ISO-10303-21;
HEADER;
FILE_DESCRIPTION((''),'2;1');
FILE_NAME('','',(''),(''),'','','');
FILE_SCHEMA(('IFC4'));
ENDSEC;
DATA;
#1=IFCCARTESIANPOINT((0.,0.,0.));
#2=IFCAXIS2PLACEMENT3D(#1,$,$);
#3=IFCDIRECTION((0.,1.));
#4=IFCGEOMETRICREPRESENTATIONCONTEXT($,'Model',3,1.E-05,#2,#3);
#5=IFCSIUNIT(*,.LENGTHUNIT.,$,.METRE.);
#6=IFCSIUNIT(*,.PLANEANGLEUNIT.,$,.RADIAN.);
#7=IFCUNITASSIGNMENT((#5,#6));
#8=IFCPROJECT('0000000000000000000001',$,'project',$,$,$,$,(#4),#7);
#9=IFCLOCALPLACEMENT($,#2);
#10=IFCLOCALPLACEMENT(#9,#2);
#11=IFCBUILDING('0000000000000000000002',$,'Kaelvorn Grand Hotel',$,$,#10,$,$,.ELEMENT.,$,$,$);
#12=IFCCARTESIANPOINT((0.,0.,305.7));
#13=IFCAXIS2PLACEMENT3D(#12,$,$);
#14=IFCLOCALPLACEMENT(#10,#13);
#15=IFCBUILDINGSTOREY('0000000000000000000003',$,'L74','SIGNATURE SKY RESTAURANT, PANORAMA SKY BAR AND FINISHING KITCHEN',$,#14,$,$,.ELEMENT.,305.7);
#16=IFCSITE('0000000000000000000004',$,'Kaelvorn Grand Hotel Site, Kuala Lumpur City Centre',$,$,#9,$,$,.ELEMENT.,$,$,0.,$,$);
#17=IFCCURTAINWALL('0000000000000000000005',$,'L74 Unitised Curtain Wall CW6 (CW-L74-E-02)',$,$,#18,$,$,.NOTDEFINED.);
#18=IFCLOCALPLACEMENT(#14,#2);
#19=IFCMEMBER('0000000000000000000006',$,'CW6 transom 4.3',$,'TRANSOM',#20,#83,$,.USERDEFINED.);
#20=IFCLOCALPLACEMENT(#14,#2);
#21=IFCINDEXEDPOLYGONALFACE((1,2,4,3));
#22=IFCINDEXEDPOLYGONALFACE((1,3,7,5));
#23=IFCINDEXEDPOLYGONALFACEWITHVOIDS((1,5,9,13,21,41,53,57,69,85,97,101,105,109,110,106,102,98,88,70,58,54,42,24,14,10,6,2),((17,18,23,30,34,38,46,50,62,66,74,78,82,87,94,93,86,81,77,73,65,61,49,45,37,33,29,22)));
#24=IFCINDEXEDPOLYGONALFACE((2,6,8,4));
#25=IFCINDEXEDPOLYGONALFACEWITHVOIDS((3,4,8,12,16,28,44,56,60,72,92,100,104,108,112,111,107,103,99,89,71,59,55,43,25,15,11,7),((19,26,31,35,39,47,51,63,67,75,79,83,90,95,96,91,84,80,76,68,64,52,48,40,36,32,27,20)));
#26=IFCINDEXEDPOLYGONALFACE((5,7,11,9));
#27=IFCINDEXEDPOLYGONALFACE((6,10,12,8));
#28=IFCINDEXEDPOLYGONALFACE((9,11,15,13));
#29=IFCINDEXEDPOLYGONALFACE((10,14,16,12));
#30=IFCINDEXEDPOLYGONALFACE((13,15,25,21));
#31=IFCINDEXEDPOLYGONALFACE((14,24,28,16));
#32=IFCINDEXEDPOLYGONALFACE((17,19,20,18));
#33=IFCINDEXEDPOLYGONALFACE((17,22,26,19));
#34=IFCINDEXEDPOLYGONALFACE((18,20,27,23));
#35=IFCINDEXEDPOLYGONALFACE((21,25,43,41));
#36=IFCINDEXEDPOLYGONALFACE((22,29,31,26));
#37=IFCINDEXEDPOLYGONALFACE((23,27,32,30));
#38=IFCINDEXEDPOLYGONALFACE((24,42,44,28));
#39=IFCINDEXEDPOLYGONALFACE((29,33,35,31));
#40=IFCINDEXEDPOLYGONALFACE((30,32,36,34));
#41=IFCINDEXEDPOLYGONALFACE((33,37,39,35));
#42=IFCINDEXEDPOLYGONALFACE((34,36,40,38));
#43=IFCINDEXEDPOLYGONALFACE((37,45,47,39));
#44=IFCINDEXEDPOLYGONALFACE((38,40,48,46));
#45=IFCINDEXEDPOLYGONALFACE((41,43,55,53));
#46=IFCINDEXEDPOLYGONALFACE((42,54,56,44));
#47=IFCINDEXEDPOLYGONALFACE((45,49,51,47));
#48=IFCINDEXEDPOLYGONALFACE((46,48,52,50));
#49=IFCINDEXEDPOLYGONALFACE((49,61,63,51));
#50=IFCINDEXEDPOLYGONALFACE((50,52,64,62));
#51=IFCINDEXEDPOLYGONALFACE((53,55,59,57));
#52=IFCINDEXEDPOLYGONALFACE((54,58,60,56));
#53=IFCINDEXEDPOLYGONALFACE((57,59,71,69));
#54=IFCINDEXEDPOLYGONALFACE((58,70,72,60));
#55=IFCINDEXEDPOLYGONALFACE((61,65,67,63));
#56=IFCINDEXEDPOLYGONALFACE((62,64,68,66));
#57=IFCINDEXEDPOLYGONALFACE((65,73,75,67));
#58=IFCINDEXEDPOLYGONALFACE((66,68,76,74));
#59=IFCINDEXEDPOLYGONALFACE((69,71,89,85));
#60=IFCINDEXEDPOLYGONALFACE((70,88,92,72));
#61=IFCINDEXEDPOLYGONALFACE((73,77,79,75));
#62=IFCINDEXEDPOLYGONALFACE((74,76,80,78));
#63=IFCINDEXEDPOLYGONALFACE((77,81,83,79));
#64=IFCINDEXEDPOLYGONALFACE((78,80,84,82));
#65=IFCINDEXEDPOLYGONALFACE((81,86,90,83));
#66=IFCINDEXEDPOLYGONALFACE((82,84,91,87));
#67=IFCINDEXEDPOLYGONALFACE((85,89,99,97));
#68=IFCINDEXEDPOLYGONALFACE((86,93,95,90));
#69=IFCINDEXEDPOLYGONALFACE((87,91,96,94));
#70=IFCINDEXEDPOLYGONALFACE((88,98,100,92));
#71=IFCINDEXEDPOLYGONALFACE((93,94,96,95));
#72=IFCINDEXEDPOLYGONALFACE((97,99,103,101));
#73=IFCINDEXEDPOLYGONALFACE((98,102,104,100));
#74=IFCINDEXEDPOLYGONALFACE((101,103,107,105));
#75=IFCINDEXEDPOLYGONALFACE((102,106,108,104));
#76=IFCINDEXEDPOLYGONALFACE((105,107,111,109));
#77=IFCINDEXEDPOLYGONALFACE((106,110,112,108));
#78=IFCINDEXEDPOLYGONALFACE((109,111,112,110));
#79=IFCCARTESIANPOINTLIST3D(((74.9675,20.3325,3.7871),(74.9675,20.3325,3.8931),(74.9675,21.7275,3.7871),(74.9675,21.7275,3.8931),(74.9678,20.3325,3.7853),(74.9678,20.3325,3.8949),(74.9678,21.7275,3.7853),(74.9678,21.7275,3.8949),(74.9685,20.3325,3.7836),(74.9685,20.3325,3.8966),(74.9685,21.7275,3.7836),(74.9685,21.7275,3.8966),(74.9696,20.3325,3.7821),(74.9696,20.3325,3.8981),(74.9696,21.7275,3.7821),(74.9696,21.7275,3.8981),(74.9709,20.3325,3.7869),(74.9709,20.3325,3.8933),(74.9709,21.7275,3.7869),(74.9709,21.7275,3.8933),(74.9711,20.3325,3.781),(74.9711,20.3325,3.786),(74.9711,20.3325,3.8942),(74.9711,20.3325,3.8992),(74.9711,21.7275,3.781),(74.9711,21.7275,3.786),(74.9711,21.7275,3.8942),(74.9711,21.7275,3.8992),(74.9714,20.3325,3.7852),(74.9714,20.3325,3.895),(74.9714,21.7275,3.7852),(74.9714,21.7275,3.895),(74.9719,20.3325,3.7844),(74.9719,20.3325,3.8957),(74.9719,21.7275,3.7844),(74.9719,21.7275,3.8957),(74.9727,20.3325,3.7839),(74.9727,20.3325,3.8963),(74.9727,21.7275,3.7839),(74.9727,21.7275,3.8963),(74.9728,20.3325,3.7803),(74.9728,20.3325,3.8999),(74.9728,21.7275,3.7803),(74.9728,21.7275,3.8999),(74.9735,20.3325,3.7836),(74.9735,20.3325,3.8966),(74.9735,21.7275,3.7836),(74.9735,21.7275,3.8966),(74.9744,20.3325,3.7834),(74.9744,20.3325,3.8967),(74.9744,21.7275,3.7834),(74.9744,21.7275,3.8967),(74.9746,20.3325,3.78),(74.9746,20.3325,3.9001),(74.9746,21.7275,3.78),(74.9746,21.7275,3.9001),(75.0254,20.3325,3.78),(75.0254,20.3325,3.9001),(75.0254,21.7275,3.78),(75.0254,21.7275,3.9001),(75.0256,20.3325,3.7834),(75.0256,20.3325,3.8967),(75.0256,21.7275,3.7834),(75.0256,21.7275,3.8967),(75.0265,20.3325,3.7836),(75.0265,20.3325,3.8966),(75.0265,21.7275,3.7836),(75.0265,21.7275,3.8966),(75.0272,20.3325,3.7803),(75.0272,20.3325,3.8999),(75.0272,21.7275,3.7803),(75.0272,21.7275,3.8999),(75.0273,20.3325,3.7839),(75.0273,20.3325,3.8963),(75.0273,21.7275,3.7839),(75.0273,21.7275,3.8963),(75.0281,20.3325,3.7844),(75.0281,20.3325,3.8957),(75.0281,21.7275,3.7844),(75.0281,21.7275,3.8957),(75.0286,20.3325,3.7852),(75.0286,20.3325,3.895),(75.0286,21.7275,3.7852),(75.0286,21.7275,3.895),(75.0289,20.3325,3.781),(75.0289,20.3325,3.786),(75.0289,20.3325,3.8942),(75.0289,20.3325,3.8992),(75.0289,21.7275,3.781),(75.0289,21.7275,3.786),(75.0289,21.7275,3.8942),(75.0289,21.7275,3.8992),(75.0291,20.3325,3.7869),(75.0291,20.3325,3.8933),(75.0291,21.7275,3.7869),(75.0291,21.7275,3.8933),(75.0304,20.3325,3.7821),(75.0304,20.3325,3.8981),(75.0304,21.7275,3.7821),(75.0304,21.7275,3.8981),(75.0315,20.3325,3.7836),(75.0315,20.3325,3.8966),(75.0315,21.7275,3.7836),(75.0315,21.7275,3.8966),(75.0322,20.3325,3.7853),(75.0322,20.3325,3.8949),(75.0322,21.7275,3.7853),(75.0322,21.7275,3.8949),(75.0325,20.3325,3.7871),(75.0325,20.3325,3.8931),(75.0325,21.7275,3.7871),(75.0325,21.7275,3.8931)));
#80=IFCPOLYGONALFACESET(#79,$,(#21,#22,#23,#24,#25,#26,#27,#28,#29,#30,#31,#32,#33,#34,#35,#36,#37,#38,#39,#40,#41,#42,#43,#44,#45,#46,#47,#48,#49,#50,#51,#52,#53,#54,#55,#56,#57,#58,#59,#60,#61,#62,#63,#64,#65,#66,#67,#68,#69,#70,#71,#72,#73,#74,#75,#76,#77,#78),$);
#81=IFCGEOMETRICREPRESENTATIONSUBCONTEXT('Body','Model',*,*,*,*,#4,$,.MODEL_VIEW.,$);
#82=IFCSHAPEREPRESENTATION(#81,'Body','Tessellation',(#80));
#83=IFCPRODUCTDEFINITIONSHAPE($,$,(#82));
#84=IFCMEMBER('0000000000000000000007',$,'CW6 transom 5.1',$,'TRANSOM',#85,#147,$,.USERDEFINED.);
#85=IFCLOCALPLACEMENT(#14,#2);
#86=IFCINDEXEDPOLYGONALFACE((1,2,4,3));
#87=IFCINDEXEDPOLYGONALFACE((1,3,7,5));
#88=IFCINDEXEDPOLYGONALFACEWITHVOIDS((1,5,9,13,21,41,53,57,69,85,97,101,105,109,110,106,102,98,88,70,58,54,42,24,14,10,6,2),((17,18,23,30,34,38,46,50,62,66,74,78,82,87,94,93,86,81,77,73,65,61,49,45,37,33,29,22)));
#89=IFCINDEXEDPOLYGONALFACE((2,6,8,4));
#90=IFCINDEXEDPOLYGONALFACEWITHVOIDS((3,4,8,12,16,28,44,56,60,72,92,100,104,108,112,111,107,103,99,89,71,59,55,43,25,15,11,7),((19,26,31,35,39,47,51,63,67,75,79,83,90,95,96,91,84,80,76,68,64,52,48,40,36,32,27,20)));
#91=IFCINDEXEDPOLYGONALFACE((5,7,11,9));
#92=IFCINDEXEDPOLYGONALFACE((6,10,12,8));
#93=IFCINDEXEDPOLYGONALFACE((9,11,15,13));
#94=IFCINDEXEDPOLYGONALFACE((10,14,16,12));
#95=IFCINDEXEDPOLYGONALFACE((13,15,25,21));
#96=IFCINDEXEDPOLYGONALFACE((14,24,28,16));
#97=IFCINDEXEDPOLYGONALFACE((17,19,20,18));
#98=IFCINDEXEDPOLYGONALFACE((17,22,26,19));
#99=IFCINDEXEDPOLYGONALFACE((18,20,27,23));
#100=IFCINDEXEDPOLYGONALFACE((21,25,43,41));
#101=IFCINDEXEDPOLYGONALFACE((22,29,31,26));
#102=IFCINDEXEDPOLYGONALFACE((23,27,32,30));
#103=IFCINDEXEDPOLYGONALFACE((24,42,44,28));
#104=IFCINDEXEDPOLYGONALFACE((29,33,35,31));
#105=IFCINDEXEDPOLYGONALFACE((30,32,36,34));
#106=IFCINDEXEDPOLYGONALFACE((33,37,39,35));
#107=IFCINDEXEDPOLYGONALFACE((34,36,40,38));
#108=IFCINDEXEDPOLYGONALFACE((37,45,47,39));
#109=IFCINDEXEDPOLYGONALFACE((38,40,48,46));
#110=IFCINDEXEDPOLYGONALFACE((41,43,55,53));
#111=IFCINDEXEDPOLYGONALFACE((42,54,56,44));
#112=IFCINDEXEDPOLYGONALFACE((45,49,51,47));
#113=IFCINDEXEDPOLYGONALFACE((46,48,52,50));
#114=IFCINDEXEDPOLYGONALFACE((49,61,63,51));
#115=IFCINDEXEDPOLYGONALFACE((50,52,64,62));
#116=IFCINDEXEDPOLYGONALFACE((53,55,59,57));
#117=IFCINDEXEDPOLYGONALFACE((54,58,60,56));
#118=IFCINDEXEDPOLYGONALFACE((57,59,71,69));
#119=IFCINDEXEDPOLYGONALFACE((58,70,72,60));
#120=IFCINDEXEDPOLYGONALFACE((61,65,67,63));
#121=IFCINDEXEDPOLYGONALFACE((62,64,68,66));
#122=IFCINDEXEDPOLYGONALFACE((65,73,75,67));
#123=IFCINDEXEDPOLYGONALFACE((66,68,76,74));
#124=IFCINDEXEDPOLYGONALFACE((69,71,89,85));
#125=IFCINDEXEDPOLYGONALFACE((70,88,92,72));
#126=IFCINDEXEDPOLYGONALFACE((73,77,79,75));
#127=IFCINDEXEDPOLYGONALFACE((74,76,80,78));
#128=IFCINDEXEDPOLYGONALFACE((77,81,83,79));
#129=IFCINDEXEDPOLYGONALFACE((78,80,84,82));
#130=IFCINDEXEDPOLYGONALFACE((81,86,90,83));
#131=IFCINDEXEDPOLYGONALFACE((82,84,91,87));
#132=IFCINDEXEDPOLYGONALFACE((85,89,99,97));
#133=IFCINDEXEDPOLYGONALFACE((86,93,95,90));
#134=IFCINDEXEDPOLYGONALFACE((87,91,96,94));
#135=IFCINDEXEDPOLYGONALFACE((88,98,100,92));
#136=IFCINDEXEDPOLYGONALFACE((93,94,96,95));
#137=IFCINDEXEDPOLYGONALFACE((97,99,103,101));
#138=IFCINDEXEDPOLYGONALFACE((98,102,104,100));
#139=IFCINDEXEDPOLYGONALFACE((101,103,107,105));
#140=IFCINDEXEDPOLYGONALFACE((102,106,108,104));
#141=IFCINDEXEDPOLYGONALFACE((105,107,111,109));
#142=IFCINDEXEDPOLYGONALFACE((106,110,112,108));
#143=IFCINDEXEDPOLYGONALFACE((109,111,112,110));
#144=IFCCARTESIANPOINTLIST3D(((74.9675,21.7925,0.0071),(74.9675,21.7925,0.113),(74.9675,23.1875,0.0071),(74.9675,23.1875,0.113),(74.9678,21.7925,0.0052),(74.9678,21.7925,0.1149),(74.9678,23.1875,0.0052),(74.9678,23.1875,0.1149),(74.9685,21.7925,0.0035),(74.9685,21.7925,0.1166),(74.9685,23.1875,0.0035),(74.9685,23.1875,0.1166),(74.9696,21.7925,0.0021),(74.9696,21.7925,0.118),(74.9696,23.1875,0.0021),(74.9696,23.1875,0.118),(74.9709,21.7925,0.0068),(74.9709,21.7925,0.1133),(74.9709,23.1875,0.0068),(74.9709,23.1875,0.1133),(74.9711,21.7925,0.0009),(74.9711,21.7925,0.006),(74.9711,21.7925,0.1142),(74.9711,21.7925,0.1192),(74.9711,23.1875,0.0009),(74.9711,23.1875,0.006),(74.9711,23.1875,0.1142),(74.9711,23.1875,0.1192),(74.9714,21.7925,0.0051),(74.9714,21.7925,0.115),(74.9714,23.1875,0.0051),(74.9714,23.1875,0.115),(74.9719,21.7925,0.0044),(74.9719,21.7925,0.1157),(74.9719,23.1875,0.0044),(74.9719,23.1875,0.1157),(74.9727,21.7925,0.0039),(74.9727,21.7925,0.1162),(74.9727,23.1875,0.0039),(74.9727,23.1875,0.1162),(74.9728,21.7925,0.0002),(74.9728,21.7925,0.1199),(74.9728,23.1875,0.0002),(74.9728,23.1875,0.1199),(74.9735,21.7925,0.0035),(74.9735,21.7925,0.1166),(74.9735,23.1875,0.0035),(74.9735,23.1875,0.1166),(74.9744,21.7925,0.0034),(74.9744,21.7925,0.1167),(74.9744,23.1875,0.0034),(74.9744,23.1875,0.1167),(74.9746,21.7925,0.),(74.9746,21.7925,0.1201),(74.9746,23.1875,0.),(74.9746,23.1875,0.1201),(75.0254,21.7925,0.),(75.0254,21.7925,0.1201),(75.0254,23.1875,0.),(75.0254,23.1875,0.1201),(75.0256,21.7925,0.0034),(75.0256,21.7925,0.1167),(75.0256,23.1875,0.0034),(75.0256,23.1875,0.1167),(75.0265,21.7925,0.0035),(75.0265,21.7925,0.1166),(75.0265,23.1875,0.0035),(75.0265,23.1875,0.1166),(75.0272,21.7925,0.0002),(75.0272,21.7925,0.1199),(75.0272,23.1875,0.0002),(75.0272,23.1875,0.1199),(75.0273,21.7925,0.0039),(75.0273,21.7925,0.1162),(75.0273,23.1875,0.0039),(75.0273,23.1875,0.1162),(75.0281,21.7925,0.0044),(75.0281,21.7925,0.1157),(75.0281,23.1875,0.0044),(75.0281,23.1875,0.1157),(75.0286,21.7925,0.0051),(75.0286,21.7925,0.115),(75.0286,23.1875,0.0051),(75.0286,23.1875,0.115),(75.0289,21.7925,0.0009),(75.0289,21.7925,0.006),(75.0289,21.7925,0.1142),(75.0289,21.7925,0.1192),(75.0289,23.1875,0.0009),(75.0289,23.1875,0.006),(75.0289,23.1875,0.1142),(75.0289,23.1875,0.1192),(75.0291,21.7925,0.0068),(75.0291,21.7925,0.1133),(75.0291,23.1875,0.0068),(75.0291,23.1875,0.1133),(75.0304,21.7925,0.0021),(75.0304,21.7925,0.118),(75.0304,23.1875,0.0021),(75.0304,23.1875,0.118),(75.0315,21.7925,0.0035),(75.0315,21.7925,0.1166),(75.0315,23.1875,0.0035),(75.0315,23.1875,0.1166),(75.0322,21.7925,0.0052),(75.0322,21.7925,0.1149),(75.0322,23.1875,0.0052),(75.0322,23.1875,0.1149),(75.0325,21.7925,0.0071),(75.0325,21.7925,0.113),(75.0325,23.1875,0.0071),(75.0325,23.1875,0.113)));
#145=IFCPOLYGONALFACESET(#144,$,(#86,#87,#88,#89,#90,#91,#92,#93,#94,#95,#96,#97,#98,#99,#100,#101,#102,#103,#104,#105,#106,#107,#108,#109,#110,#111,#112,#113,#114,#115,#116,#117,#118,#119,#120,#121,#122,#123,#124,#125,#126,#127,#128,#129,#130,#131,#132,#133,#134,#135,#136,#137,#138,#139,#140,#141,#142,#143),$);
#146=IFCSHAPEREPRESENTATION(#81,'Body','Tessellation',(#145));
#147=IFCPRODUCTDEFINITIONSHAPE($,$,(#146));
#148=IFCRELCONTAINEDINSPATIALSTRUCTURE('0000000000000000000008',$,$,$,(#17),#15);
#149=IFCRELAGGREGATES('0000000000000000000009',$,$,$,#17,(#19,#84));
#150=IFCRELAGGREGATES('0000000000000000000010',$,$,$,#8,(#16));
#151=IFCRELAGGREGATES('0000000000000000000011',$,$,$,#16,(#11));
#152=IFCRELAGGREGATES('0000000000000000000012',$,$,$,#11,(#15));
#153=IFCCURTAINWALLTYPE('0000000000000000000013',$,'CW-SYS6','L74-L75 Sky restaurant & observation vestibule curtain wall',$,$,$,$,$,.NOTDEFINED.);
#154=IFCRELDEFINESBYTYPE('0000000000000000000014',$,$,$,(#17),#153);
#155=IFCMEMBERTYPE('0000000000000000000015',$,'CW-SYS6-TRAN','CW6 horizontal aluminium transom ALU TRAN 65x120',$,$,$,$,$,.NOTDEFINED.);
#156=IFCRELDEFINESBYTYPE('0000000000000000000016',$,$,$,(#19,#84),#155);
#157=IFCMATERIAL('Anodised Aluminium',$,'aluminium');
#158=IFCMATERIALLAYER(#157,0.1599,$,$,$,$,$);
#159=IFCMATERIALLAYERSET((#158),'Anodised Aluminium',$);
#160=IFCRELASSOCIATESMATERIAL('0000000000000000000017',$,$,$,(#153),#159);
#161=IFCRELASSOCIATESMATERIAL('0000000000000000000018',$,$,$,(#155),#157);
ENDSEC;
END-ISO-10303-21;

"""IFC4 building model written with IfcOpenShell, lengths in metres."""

from ifc_helpers import new_model, si_unit, direction, frame, origin, origin_2d, place, context, subcontext, project, spatial, hollow_rectangle, extrude, material, layer, layer_set, material_profile, profile_set, type_object, element, aggregate, save


model = new_model("IFC4")

# Units and contexts
model_context = context("Model", 3, precision=1e-05, world=origin(), true_north=direction((0.0, 1.0)))
body_context = subcontext(model_context, "Body", "Model", "MODEL_VIEW")
ifc_project = project(units=[si_unit("LENGTHUNIT", "METRE"), si_unit("PLANEANGLEUNIT", "RADIAN")], contexts=[model_context])

# Site, building, storey
site_placement = place(None, origin())
site = spatial("IfcSite", under=ifc_project, at=site_placement, Name="Kaelvorn Grand Hotel Site, Kuala Lumpur City Centre", CompositionType="ELEMENT", RefElevation=0.0)
building_placement = place(site_placement, origin())
building = spatial("IfcBuilding", under=site, at=building_placement, Name="Kaelvorn Grand Hotel", CompositionType="ELEMENT")
storey_placement = place(building_placement, frame((0.0, 0.0, 305.7)))
storey = spatial("IfcBuildingStorey", under=building, at=storey_placement, Name="L74", Description="SIGNATURE SKY RESTAURANT, PANORAMA SKY BAR AND FINISHING KITCHEN", CompositionType="ELEMENT", Elevation=305.7)

# Curtain wall, members
ifc_material_1 = material(Name="Anodised Aluminium", Category="aluminium")
ifc_layer_1 = layer(ifc_material_1, 0.1599)
ifc_layer_set_1 = layer_set([ifc_layer_1], Name="Anodised Aluminium")
curtain_wall_type = type_object("IfcCurtainWallType", Name="CW-SYS6", Description="L74-L75 Sky restaurant & observation vestibule curtain wall", PredefinedType="NOTDEFINED", material=ifc_layer_set_1)
curtain_wall_placement = place(storey_placement, origin())
curtain_wall = element("IfcCurtainWall", 1, at=curtain_wall_placement, inside=storey, type_object=curtain_wall_type, Name="L74 Unitised Curtain Wall CW6 (CW-L74-E-02)", PredefinedType="NOTDEFINED")
ifc_material_profile_1 = material_profile(ifc_material_1, hollow_rectangle(XDim=0.0649, YDim=0.1201, WallThickness=0.0034, InnerFilletRadius=0.0034, OuterFilletRadius=0.0071, at=origin_2d()), Name="ALU TRAN 65x120")
ifc_profile_set_1 = profile_set([ifc_material_profile_1], Name="Anodised Aluminium")
member_type_1 = type_object("IfcMemberType", Name="CW-SYS6-TRAN", Description="CW6 horizontal aluminium transom ALU TRAN 65x120", PredefinedType="NOTDEFINED", material=ifc_profile_set_1)
member_1_placement = place(storey_placement, frame((75.0, 20.3325, 3.8401), z_axis=(0.0, 1.0, 0.0), x_axis=(-1.0, 0.0, 0.0)))
member_1 = element("IfcMember", 2, at=member_1_placement, type_object=member_type_1, Name="CW6 transom 4.3", ObjectType="TRANSOM", PredefinedType="USERDEFINED", context=body_context, shape_type="SweptSolid", body=[
    extrude(hollow_rectangle(XDim=0.0649, YDim=0.1201, WallThickness=0.0034, InnerFilletRadius=0.0034, OuterFilletRadius=0.0071, at=origin_2d()), origin(), (0.0, 0.0, 1.0), 1.395),
])
member_2_placement = place(storey_placement, frame((75.0, 21.7925, 0.0601), z_axis=(0.0, 1.0, 0.0), x_axis=(-1.0, 0.0, 0.0)))
member_2 = element("IfcMember", 3, at=member_2_placement, type_object=member_type_1, Name="CW6 transom 5.1", ObjectType="TRANSOM", PredefinedType="USERDEFINED", context=body_context, shape_type="SweptSolid", body=[
    extrude(hollow_rectangle(XDim=0.0649, YDim=0.1201, WallThickness=0.0034, InnerFilletRadius=0.0034, OuterFilletRadius=0.0071, at=origin_2d()), origin(), (0.0, 0.0, 1.0), 1.395),
])
aggregate(curtain_wall, [member_1, member_2])

save(model, "model.ifc")
